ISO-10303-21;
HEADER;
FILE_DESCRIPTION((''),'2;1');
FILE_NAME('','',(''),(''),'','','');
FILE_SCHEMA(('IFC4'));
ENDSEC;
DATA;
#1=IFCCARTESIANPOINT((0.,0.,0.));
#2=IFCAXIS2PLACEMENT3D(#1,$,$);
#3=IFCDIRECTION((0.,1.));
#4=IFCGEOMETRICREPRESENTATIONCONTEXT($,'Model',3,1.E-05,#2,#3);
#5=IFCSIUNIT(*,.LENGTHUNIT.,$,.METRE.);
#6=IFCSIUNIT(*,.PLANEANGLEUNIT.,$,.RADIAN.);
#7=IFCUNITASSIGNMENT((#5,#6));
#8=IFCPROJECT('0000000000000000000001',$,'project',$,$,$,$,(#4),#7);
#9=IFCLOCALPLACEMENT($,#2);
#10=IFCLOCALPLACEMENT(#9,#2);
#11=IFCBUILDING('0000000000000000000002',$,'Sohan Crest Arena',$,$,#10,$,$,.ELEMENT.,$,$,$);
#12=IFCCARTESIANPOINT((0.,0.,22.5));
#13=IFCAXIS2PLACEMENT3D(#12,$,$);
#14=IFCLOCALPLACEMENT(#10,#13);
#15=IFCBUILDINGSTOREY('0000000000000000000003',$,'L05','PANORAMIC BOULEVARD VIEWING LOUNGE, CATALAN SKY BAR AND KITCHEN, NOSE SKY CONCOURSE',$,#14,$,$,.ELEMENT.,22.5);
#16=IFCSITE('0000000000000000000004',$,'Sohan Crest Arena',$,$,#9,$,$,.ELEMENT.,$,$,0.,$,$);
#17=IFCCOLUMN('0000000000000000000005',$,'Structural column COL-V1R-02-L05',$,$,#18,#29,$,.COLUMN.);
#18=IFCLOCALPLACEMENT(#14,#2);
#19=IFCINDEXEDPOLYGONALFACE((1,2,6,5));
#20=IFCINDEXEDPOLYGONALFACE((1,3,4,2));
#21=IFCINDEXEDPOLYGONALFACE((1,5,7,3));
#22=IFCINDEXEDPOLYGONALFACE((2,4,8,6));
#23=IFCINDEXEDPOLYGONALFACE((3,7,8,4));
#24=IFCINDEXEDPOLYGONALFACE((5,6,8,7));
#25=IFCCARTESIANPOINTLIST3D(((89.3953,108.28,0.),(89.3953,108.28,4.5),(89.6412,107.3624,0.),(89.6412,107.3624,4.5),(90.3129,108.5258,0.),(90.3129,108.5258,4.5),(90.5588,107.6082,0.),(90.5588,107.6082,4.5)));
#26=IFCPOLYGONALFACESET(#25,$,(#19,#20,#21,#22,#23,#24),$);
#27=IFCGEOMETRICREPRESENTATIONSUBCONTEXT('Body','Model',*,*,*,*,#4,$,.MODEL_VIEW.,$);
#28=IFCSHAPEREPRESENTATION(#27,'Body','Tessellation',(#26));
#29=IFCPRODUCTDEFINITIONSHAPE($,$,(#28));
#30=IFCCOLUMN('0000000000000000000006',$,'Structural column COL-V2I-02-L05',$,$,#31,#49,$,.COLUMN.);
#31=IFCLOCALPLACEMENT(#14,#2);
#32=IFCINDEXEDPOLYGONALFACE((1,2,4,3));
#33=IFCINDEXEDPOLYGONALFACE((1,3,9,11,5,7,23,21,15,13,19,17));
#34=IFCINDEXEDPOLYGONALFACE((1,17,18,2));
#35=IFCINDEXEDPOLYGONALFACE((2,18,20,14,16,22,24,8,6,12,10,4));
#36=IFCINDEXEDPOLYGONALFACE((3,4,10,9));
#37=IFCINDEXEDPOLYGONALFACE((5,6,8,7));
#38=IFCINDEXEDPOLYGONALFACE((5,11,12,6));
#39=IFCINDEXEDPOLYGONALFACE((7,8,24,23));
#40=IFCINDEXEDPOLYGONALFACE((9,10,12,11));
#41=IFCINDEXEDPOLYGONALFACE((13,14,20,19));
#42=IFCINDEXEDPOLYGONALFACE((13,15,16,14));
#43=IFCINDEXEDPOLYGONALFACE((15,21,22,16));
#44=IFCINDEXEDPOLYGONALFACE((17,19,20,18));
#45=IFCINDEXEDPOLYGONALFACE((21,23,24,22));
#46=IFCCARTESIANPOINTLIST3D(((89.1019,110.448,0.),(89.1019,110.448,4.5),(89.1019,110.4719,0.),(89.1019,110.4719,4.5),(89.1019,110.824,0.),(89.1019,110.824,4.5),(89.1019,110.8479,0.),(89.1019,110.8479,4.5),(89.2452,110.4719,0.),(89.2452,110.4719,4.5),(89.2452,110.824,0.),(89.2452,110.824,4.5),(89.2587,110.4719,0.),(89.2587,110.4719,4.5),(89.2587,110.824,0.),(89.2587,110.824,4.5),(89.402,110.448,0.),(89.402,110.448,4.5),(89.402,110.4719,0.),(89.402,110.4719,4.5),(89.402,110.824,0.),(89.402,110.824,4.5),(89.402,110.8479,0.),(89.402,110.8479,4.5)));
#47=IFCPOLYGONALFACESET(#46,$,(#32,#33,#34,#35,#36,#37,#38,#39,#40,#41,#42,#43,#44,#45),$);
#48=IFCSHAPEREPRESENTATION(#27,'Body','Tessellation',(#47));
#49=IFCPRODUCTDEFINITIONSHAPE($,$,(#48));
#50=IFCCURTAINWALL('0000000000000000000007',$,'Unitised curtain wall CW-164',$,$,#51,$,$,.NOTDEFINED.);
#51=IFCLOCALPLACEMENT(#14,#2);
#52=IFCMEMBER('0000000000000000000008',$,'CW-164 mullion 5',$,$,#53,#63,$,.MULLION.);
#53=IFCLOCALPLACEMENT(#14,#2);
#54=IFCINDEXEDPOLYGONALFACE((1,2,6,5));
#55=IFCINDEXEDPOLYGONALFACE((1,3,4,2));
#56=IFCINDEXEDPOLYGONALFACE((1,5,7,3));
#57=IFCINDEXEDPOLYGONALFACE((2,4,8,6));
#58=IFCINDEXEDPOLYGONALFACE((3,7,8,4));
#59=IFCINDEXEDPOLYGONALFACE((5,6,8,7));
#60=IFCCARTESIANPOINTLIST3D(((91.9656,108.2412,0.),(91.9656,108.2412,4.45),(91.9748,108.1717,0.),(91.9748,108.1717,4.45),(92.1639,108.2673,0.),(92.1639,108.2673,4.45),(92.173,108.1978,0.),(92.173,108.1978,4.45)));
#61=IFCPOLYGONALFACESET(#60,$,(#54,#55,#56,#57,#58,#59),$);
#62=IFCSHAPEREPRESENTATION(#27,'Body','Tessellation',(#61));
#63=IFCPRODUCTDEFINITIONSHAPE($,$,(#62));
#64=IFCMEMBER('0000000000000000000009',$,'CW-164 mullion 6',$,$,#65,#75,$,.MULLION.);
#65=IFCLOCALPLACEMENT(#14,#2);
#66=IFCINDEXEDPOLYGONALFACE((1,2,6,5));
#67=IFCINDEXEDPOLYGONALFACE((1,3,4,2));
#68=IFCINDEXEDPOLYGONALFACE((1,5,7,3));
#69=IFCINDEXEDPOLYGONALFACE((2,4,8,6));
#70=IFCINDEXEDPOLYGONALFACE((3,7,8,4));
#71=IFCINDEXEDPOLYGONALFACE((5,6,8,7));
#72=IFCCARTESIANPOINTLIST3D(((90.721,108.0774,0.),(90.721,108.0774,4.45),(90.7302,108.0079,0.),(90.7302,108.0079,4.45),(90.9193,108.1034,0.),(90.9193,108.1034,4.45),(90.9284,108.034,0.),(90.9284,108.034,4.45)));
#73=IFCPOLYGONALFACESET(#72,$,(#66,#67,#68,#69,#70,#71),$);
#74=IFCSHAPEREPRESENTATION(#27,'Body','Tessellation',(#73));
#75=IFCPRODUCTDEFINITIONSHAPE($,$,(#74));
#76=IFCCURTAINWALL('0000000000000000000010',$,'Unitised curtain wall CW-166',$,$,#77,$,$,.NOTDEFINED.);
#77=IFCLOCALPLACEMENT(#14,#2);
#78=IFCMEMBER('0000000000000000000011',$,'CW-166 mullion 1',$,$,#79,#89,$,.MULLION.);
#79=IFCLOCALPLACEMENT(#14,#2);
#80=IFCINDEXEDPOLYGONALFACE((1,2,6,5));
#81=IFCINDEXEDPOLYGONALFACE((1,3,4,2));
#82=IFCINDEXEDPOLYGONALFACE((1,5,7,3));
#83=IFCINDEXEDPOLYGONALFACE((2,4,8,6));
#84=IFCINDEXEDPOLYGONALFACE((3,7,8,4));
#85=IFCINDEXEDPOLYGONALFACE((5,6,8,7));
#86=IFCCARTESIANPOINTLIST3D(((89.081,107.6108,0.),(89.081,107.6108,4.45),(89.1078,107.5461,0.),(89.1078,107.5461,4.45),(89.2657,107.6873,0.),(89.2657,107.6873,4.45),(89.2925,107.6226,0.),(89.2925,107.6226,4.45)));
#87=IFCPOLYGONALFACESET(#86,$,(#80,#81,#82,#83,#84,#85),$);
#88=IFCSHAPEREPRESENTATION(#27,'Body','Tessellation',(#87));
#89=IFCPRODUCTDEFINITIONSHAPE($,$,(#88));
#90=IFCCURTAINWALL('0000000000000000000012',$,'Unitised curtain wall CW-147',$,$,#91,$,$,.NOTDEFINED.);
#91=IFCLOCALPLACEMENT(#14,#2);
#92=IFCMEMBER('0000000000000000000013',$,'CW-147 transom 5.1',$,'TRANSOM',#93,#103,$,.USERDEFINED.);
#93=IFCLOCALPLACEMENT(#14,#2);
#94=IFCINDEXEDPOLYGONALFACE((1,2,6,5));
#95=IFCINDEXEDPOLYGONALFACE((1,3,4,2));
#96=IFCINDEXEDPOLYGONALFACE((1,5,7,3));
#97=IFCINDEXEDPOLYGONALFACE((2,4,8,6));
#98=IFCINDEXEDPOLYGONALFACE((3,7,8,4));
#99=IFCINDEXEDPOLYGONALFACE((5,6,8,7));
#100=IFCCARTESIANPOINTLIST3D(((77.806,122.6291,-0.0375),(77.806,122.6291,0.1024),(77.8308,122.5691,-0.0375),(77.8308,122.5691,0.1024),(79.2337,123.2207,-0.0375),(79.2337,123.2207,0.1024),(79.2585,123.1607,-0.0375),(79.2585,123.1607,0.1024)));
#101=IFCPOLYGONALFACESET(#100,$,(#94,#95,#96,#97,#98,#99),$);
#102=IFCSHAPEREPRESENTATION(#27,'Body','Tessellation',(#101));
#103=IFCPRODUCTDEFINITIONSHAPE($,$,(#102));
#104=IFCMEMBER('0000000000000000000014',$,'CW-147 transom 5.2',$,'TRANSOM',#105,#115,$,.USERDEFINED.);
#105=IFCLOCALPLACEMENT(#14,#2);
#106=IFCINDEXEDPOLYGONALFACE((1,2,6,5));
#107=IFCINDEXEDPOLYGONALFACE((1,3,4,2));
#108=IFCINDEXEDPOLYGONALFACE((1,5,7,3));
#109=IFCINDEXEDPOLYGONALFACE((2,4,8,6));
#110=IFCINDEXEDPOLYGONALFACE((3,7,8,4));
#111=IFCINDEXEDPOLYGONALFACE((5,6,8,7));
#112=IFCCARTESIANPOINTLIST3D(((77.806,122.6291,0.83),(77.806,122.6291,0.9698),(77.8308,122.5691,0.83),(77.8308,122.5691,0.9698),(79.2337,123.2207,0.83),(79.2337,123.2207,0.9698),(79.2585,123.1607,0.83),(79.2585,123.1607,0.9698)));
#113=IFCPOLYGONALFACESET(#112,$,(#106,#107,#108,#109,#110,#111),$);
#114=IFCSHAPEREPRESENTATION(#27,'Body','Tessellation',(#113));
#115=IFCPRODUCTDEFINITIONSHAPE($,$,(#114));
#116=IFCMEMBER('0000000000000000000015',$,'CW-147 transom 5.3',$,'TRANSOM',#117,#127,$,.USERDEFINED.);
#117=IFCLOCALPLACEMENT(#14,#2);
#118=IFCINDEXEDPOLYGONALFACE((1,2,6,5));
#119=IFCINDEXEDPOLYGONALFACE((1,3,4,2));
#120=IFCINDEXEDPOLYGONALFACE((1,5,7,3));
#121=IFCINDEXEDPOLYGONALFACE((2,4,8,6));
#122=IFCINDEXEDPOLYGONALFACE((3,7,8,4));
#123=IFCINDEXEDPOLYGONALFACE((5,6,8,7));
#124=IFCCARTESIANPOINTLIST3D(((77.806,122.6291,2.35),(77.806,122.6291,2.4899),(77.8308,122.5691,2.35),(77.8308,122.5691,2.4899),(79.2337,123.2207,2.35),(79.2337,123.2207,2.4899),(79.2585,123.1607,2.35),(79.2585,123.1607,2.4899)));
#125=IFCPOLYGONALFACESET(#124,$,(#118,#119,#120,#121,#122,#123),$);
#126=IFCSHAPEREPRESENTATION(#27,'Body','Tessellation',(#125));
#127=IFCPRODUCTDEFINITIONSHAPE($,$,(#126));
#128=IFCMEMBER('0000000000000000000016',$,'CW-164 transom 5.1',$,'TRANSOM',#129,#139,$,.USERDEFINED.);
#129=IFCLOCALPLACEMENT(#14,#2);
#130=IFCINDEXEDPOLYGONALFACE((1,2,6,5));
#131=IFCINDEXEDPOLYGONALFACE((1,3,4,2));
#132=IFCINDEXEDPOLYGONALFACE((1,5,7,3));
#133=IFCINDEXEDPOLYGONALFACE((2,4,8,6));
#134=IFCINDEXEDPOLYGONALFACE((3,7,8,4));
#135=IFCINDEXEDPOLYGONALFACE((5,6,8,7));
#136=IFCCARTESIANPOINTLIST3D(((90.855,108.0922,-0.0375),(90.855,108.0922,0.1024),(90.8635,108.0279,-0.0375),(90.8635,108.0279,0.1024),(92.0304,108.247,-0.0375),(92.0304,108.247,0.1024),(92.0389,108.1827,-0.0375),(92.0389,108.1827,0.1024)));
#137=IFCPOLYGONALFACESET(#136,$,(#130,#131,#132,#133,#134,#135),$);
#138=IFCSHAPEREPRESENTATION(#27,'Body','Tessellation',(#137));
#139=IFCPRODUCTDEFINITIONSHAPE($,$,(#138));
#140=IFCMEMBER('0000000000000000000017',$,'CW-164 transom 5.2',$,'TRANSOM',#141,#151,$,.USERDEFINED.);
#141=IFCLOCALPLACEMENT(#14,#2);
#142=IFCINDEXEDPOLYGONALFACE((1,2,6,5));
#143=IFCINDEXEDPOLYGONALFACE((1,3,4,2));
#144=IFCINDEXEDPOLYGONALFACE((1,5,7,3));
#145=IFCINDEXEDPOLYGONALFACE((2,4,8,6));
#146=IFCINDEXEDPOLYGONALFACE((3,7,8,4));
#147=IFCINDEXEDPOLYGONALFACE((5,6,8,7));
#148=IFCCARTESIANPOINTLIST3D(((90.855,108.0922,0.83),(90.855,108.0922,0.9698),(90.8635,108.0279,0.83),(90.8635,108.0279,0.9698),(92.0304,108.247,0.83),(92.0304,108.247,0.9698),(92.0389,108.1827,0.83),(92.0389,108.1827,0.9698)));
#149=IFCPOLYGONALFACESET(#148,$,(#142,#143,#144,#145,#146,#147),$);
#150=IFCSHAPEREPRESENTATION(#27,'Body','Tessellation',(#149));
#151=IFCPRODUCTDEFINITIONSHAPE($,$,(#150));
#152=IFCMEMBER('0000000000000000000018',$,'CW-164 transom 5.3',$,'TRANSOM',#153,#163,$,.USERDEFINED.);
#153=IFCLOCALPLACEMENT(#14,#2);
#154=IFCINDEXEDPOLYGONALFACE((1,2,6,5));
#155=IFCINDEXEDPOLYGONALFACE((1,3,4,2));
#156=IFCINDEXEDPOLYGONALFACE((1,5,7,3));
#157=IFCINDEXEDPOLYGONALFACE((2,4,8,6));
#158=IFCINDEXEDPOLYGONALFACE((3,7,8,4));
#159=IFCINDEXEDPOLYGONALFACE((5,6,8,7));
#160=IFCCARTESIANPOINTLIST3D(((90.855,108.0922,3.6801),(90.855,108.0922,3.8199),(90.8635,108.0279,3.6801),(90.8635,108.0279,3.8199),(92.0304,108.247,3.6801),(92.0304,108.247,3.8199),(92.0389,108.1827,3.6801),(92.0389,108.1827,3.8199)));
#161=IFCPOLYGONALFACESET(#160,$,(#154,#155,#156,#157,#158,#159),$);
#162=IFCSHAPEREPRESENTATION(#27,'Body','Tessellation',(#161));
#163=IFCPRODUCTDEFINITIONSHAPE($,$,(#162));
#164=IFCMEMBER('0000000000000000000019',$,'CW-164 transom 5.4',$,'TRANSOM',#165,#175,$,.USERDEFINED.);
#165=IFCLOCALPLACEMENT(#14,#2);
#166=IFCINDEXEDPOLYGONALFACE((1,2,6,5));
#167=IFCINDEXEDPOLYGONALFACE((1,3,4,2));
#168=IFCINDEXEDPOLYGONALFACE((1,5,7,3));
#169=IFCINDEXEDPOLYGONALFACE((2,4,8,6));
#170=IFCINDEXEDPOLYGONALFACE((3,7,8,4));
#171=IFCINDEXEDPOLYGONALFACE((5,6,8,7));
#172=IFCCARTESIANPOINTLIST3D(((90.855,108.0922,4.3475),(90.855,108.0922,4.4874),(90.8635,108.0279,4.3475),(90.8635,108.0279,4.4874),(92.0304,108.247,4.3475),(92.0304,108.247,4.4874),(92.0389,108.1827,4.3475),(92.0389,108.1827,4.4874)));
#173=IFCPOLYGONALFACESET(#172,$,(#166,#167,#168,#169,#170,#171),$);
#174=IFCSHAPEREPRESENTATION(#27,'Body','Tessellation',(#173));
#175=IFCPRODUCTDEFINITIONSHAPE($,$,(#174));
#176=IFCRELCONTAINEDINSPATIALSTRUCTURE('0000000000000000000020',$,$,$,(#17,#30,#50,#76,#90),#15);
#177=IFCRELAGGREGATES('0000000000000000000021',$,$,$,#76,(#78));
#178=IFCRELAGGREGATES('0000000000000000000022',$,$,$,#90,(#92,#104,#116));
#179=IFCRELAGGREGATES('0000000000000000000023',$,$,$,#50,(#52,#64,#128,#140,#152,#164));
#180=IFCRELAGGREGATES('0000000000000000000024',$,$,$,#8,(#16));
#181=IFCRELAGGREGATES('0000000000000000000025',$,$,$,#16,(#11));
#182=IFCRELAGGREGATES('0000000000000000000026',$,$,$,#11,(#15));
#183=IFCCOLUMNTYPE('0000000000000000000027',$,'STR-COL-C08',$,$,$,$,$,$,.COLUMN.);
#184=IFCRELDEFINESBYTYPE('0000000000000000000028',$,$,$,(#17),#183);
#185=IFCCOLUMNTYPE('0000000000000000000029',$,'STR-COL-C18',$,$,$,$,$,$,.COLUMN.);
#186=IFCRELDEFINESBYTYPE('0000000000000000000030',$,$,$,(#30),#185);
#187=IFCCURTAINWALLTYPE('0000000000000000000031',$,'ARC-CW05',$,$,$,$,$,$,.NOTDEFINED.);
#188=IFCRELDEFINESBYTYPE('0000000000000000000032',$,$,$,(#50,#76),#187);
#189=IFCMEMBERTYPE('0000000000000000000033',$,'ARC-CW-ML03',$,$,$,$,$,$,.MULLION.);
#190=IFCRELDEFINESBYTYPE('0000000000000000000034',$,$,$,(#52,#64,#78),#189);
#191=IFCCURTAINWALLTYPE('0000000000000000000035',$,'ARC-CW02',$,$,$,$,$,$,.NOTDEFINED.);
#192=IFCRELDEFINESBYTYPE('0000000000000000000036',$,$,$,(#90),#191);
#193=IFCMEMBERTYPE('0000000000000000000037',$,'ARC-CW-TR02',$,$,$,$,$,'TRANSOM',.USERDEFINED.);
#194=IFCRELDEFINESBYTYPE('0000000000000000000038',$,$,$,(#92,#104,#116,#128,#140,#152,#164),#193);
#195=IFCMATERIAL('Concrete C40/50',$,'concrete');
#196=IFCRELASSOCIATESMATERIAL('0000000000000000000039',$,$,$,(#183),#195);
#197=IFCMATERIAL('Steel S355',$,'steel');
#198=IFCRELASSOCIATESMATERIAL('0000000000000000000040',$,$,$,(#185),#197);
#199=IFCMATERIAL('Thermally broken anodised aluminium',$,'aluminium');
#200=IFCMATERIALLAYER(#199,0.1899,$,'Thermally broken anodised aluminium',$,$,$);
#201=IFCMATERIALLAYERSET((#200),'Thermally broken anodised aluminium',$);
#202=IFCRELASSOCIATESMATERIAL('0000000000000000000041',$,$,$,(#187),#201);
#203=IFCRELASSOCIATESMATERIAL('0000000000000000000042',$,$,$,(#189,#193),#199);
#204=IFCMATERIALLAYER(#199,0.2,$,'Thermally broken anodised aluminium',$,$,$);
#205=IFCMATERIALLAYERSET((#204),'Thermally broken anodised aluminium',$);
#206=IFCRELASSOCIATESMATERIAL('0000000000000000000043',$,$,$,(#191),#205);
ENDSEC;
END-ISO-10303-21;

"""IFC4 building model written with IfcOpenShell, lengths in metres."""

from ifc_helpers import new_model, si_unit, direction, frame, origin, origin_2d, place, context, subcontext, project, spatial, rectangle, i_section, extrude, material, layer, layer_set, material_profile, profile_set, type_object, element, aggregate, save


model = new_model("IFC4")

# Units and contexts
model_context = context("Model", 3, precision=1e-05, world=origin(), true_north=direction((0.0, 1.0)))
body_context = subcontext(model_context, "Body", "Model", "MODEL_VIEW")
ifc_project = project(units=[si_unit("LENGTHUNIT", "METRE"), si_unit("PLANEANGLEUNIT", "RADIAN")], contexts=[model_context])

# Site, building, storey
site_placement = place(None, origin())
site = spatial("IfcSite", under=ifc_project, at=site_placement, Name="Sohan Crest Arena", CompositionType="ELEMENT", RefElevation=0.0)
building_placement = place(site_placement, origin())
building = spatial("IfcBuilding", under=site, at=building_placement, Name="Sohan Crest Arena", CompositionType="ELEMENT")
storey_placement = place(building_placement, frame((0.0, 0.0, 22.5)))
storey = spatial("IfcBuildingStorey", under=building, at=storey_placement, Name="L05", Description="PANORAMIC BOULEVARD VIEWING LOUNGE, CATALAN SKY BAR AND KITCHEN, NOSE SKY CONCOURSE", CompositionType="ELEMENT", Elevation=22.5)

# Columns
ifc_material_1 = material(Name="Concrete C40/50", Category="concrete")
ifc_material_profile_1 = material_profile(ifc_material_1, rectangle(XDim=0.95, YDim=0.95, at=origin_2d()), Name="RC 950x950")
ifc_profile_set_1 = profile_set([ifc_material_profile_1], Name="Concrete C40/50")
column_type_1 = type_object("IfcColumnType", Name="STR-COL-C08", PredefinedType="COLUMN", material=ifc_profile_set_1)
column_1_placement = place(storey_placement, frame((89.9771, 107.9441, 0.0), z_axis=(0.0, 0.0, 1.0), x_axis=(-0.258819, 0.965926, 0.0)))
element("IfcColumn", 1, at=column_1_placement, inside=storey, type_object=column_type_1, Name="Structural column COL-V1R-02-L05", PredefinedType="COLUMN", context=body_context, shape_type="SweptSolid", body=[
    extrude(rectangle(XDim=0.95, YDim=0.95, at=origin_2d()), origin(), (0.0, 0.0, 1.0), 4.5),
])
ifc_material_2 = material(Name="Steel S355", Category="steel")
ifc_material_profile_2 = material_profile(ifc_material_2, i_section(OverallWidth=0.3, OverallDepth=0.3999, WebThickness=0.0134, FlangeThickness=0.0239, at=origin_2d()), Name="HEB 400")
ifc_profile_set_2 = profile_set([ifc_material_profile_2], Name="Steel S355")
column_type_2 = type_object("IfcColumnType", Name="STR-COL-C18", PredefinedType="COLUMN", material=ifc_profile_set_2)
column_2_placement = place(storey_placement, frame((89.252, 110.6479, 0.0), z_axis=(0.0, 0.0, 1.0), x_axis=(1.0, 0.0, 0.0)))
element("IfcColumn", 2, at=column_2_placement, inside=storey, type_object=column_type_2, Name="Structural column COL-V2I-02-L05", PredefinedType="COLUMN", context=body_context, shape_type="SweptSolid", body=[
    extrude(i_section(OverallWidth=0.3, OverallDepth=0.3999, WebThickness=0.0134, FlangeThickness=0.0239, at=origin_2d()), origin(), (0.0, 0.0, 1.0), 4.5),
])

# Curtain wall, members
ifc_material_3 = material(Name="Thermally broken anodised aluminium", Category="aluminium")
ifc_layer_1 = layer(ifc_material_3, 0.1899, Name="Thermally broken anodised aluminium")
ifc_layer_set_1 = layer_set([ifc_layer_1], Name="Thermally broken anodised aluminium")
curtain_wall_type_1 = type_object("IfcCurtainWallType", Name="ARC-CW05", PredefinedType="NOTDEFINED", material=ifc_layer_set_1)
curtain_wall_1_placement = place(storey_placement, origin())
curtain_wall_1 = element("IfcCurtainWall", 3, at=curtain_wall_1_placement, inside=storey, type_object=curtain_wall_type_1, Name="Unitised curtain wall CW-164", PredefinedType="NOTDEFINED")
ifc_material_profile_3 = material_profile(ifc_material_3, rectangle(XDim=0.0701, YDim=0.2, at=origin_2d()), Name="ALU-MULL 70x200")
ifc_profile_set_3 = profile_set([ifc_material_profile_3], Name="Thermally broken anodised aluminium")
member_type_1 = type_object("IfcMemberType", Name="ARC-CW-ML03", PredefinedType="MULLION", material=ifc_profile_set_3)
member_1_placement = place(storey_placement, frame((92.0693, 108.2195, 0.0), z_axis=(0.0, 0.0, 1.0), x_axis=(0.130499, -0.991448, 0.0)))
member_1 = element("IfcMember", 4, at=member_1_placement, type_object=member_type_1, Name="CW-164 mullion 5", PredefinedType="MULLION", context=body_context, shape_type="SweptSolid", body=[
    extrude(rectangle(XDim=0.0701, YDim=0.2, at=origin_2d()), origin(), (0.0, 0.0, 1.0), 4.45),
])
member_2_placement = place(storey_placement, frame((90.8247, 108.0557, 0.0), z_axis=(0.0, 0.0, 1.0), x_axis=(0.130499, -0.991448, 0.0)))
member_2 = element("IfcMember", 5, at=member_2_placement, type_object=member_type_1, Name="CW-164 mullion 6", PredefinedType="MULLION", context=body_context, shape_type="SweptSolid", body=[
    extrude(rectangle(XDim=0.0701, YDim=0.2, at=origin_2d()), origin(), (0.0, 0.0, 1.0), 4.45),
])

# Curtain wall, member
curtain_wall_2_placement = place(storey_placement, origin())
curtain_wall_2 = element("IfcCurtainWall", 6, at=curtain_wall_2_placement, inside=storey, type_object=curtain_wall_type_1, Name="Unitised curtain wall CW-166", PredefinedType="NOTDEFINED")
member_3_placement = place(storey_placement, frame((89.1868, 107.6167, 0.0), z_axis=(0.0, 0.0, 1.0), x_axis=(0.382667, -0.923886, 0.0)))
member_3 = element("IfcMember", 7, at=member_3_placement, type_object=member_type_1, Name="CW-166 mullion 1", PredefinedType="MULLION", context=body_context, shape_type="SweptSolid", body=[
    extrude(rectangle(XDim=0.0701, YDim=0.2, at=origin_2d()), origin(), (0.0, 0.0, 1.0), 4.45),
])
aggregate(curtain_wall_2, [member_3])

# Curtain wall, members
ifc_layer_2 = layer(ifc_material_3, 0.2, Name="Thermally broken anodised aluminium")
ifc_layer_set_2 = layer_set([ifc_layer_2], Name="Thermally broken anodised aluminium")
curtain_wall_type_2 = type_object("IfcCurtainWallType", Name="ARC-CW02", PredefinedType="NOTDEFINED", material=ifc_layer_set_2)
curtain_wall_3_placement = place(storey_placement, origin())
curtain_wall_3 = element("IfcCurtainWall", 8, at=curtain_wall_3_placement, inside=storey, type_object=curtain_wall_type_2, Name="Unitised curtain wall CW-147", PredefinedType="NOTDEFINED")
ifc_material_profile_4 = material_profile(ifc_material_3, rectangle(XDim=0.0649, YDim=0.1399, at=origin_2d()), Name="ALU-TRAN 65x140")
ifc_profile_set_4 = profile_set([ifc_material_profile_4], Name="Thermally broken anodised aluminium")
member_type_2 = type_object("IfcMemberType", Name="ARC-CW-TR02", ElementType="TRANSOM", PredefinedType="USERDEFINED", material=ifc_profile_set_4)
member_4_placement = place(storey_placement, frame((79.2461, 123.1907, 0.0325), z_axis=(-0.923842, -0.382775, 0.0), x_axis=(0.382775, -0.923842, 0.0)))
member_4 = element("IfcMember", 9, at=member_4_placement, type_object=member_type_2, Name="CW-147 transom 5.1", ObjectType="TRANSOM", PredefinedType="USERDEFINED", context=body_context, shape_type="SweptSolid", body=[
    extrude(rectangle(XDim=0.0649, YDim=0.1399, at=origin_2d()), origin(), (0.0, 0.0, 1.0), 1.5454),
])
member_5_placement = place(storey_placement, frame((79.2461, 123.1907, 0.8999), z_axis=(-0.923842, -0.382775, 0.0), x_axis=(0.382775, -0.923842, 0.0)))
member_5 = element("IfcMember", 10, at=member_5_placement, type_object=member_type_2, Name="CW-147 transom 5.2", ObjectType="TRANSOM", PredefinedType="USERDEFINED", context=body_context, shape_type="SweptSolid", body=[
    extrude(rectangle(XDim=0.0649, YDim=0.1399, at=origin_2d()), origin(), (0.0, 0.0, 1.0), 1.5454),
])
member_6_placement = place(storey_placement, frame((79.2461, 123.1907, 2.4199), z_axis=(-0.923842, -0.382775, 0.0), x_axis=(0.382775, -0.923842, 0.0)))
member_6 = element("IfcMember", 11, at=member_6_placement, type_object=member_type_2, Name="CW-147 transom 5.3", ObjectType="TRANSOM", PredefinedType="USERDEFINED", context=body_context, shape_type="SweptSolid", body=[
    extrude(rectangle(XDim=0.0649, YDim=0.1399, at=origin_2d()), origin(), (0.0, 0.0, 1.0), 1.5454),
])
aggregate(curtain_wall_3, [member_4, member_5, member_6])

# Members
member_7_placement = place(storey_placement, frame((92.0347, 108.2148, 0.0325), z_axis=(-0.991439, -0.130572, 0.0), x_axis=(0.130572, -0.991439, 0.0)))
member_7 = element("IfcMember", 12, at=member_7_placement, type_object=member_type_2, Name="CW-164 transom 5.1", ObjectType="TRANSOM", PredefinedType="USERDEFINED", context=body_context, shape_type="SweptSolid", body=[
    extrude(rectangle(XDim=0.0649, YDim=0.1399, at=origin_2d()), origin(), (0.0, 0.0, 1.0), 1.1855),
])
member_8_placement = place(storey_placement, frame((92.0347, 108.2148, 0.8999), z_axis=(-0.991439, -0.130572, 0.0), x_axis=(0.130572, -0.991439, 0.0)))
member_8 = element("IfcMember", 13, at=member_8_placement, type_object=member_type_2, Name="CW-164 transom 5.2", ObjectType="TRANSOM", PredefinedType="USERDEFINED", context=body_context, shape_type="SweptSolid", body=[
    extrude(rectangle(XDim=0.0649, YDim=0.1399, at=origin_2d()), origin(), (0.0, 0.0, 1.0), 1.1855),
])
member_9_placement = place(storey_placement, frame((92.0347, 108.2148, 3.75), z_axis=(-0.991439, -0.130572, 0.0), x_axis=(0.130572, -0.991439, 0.0)))
member_9 = element("IfcMember", 14, at=member_9_placement, type_object=member_type_2, Name="CW-164 transom 5.3", ObjectType="TRANSOM", PredefinedType="USERDEFINED", context=body_context, shape_type="SweptSolid", body=[
    extrude(rectangle(XDim=0.0649, YDim=0.1399, at=origin_2d()), origin(), (0.0, 0.0, 1.0), 1.1855),
])
member_10_placement = place(storey_placement, frame((92.0347, 108.2148, 4.4175), z_axis=(-0.991439, -0.130572, 0.0), x_axis=(0.130572, -0.991439, 0.0)))
member_10 = element("IfcMember", 15, at=member_10_placement, type_object=member_type_2, Name="CW-164 transom 5.4", ObjectType="TRANSOM", PredefinedType="USERDEFINED", context=body_context, shape_type="SweptSolid", body=[
    extrude(rectangle(XDim=0.0649, YDim=0.1399, at=origin_2d()), origin(), (0.0, 0.0, 1.0), 1.1855),
])

aggregate(curtain_wall_1, [member_1, member_2, member_7, member_8, member_9, member_10])

save(model, "model.ifc")
